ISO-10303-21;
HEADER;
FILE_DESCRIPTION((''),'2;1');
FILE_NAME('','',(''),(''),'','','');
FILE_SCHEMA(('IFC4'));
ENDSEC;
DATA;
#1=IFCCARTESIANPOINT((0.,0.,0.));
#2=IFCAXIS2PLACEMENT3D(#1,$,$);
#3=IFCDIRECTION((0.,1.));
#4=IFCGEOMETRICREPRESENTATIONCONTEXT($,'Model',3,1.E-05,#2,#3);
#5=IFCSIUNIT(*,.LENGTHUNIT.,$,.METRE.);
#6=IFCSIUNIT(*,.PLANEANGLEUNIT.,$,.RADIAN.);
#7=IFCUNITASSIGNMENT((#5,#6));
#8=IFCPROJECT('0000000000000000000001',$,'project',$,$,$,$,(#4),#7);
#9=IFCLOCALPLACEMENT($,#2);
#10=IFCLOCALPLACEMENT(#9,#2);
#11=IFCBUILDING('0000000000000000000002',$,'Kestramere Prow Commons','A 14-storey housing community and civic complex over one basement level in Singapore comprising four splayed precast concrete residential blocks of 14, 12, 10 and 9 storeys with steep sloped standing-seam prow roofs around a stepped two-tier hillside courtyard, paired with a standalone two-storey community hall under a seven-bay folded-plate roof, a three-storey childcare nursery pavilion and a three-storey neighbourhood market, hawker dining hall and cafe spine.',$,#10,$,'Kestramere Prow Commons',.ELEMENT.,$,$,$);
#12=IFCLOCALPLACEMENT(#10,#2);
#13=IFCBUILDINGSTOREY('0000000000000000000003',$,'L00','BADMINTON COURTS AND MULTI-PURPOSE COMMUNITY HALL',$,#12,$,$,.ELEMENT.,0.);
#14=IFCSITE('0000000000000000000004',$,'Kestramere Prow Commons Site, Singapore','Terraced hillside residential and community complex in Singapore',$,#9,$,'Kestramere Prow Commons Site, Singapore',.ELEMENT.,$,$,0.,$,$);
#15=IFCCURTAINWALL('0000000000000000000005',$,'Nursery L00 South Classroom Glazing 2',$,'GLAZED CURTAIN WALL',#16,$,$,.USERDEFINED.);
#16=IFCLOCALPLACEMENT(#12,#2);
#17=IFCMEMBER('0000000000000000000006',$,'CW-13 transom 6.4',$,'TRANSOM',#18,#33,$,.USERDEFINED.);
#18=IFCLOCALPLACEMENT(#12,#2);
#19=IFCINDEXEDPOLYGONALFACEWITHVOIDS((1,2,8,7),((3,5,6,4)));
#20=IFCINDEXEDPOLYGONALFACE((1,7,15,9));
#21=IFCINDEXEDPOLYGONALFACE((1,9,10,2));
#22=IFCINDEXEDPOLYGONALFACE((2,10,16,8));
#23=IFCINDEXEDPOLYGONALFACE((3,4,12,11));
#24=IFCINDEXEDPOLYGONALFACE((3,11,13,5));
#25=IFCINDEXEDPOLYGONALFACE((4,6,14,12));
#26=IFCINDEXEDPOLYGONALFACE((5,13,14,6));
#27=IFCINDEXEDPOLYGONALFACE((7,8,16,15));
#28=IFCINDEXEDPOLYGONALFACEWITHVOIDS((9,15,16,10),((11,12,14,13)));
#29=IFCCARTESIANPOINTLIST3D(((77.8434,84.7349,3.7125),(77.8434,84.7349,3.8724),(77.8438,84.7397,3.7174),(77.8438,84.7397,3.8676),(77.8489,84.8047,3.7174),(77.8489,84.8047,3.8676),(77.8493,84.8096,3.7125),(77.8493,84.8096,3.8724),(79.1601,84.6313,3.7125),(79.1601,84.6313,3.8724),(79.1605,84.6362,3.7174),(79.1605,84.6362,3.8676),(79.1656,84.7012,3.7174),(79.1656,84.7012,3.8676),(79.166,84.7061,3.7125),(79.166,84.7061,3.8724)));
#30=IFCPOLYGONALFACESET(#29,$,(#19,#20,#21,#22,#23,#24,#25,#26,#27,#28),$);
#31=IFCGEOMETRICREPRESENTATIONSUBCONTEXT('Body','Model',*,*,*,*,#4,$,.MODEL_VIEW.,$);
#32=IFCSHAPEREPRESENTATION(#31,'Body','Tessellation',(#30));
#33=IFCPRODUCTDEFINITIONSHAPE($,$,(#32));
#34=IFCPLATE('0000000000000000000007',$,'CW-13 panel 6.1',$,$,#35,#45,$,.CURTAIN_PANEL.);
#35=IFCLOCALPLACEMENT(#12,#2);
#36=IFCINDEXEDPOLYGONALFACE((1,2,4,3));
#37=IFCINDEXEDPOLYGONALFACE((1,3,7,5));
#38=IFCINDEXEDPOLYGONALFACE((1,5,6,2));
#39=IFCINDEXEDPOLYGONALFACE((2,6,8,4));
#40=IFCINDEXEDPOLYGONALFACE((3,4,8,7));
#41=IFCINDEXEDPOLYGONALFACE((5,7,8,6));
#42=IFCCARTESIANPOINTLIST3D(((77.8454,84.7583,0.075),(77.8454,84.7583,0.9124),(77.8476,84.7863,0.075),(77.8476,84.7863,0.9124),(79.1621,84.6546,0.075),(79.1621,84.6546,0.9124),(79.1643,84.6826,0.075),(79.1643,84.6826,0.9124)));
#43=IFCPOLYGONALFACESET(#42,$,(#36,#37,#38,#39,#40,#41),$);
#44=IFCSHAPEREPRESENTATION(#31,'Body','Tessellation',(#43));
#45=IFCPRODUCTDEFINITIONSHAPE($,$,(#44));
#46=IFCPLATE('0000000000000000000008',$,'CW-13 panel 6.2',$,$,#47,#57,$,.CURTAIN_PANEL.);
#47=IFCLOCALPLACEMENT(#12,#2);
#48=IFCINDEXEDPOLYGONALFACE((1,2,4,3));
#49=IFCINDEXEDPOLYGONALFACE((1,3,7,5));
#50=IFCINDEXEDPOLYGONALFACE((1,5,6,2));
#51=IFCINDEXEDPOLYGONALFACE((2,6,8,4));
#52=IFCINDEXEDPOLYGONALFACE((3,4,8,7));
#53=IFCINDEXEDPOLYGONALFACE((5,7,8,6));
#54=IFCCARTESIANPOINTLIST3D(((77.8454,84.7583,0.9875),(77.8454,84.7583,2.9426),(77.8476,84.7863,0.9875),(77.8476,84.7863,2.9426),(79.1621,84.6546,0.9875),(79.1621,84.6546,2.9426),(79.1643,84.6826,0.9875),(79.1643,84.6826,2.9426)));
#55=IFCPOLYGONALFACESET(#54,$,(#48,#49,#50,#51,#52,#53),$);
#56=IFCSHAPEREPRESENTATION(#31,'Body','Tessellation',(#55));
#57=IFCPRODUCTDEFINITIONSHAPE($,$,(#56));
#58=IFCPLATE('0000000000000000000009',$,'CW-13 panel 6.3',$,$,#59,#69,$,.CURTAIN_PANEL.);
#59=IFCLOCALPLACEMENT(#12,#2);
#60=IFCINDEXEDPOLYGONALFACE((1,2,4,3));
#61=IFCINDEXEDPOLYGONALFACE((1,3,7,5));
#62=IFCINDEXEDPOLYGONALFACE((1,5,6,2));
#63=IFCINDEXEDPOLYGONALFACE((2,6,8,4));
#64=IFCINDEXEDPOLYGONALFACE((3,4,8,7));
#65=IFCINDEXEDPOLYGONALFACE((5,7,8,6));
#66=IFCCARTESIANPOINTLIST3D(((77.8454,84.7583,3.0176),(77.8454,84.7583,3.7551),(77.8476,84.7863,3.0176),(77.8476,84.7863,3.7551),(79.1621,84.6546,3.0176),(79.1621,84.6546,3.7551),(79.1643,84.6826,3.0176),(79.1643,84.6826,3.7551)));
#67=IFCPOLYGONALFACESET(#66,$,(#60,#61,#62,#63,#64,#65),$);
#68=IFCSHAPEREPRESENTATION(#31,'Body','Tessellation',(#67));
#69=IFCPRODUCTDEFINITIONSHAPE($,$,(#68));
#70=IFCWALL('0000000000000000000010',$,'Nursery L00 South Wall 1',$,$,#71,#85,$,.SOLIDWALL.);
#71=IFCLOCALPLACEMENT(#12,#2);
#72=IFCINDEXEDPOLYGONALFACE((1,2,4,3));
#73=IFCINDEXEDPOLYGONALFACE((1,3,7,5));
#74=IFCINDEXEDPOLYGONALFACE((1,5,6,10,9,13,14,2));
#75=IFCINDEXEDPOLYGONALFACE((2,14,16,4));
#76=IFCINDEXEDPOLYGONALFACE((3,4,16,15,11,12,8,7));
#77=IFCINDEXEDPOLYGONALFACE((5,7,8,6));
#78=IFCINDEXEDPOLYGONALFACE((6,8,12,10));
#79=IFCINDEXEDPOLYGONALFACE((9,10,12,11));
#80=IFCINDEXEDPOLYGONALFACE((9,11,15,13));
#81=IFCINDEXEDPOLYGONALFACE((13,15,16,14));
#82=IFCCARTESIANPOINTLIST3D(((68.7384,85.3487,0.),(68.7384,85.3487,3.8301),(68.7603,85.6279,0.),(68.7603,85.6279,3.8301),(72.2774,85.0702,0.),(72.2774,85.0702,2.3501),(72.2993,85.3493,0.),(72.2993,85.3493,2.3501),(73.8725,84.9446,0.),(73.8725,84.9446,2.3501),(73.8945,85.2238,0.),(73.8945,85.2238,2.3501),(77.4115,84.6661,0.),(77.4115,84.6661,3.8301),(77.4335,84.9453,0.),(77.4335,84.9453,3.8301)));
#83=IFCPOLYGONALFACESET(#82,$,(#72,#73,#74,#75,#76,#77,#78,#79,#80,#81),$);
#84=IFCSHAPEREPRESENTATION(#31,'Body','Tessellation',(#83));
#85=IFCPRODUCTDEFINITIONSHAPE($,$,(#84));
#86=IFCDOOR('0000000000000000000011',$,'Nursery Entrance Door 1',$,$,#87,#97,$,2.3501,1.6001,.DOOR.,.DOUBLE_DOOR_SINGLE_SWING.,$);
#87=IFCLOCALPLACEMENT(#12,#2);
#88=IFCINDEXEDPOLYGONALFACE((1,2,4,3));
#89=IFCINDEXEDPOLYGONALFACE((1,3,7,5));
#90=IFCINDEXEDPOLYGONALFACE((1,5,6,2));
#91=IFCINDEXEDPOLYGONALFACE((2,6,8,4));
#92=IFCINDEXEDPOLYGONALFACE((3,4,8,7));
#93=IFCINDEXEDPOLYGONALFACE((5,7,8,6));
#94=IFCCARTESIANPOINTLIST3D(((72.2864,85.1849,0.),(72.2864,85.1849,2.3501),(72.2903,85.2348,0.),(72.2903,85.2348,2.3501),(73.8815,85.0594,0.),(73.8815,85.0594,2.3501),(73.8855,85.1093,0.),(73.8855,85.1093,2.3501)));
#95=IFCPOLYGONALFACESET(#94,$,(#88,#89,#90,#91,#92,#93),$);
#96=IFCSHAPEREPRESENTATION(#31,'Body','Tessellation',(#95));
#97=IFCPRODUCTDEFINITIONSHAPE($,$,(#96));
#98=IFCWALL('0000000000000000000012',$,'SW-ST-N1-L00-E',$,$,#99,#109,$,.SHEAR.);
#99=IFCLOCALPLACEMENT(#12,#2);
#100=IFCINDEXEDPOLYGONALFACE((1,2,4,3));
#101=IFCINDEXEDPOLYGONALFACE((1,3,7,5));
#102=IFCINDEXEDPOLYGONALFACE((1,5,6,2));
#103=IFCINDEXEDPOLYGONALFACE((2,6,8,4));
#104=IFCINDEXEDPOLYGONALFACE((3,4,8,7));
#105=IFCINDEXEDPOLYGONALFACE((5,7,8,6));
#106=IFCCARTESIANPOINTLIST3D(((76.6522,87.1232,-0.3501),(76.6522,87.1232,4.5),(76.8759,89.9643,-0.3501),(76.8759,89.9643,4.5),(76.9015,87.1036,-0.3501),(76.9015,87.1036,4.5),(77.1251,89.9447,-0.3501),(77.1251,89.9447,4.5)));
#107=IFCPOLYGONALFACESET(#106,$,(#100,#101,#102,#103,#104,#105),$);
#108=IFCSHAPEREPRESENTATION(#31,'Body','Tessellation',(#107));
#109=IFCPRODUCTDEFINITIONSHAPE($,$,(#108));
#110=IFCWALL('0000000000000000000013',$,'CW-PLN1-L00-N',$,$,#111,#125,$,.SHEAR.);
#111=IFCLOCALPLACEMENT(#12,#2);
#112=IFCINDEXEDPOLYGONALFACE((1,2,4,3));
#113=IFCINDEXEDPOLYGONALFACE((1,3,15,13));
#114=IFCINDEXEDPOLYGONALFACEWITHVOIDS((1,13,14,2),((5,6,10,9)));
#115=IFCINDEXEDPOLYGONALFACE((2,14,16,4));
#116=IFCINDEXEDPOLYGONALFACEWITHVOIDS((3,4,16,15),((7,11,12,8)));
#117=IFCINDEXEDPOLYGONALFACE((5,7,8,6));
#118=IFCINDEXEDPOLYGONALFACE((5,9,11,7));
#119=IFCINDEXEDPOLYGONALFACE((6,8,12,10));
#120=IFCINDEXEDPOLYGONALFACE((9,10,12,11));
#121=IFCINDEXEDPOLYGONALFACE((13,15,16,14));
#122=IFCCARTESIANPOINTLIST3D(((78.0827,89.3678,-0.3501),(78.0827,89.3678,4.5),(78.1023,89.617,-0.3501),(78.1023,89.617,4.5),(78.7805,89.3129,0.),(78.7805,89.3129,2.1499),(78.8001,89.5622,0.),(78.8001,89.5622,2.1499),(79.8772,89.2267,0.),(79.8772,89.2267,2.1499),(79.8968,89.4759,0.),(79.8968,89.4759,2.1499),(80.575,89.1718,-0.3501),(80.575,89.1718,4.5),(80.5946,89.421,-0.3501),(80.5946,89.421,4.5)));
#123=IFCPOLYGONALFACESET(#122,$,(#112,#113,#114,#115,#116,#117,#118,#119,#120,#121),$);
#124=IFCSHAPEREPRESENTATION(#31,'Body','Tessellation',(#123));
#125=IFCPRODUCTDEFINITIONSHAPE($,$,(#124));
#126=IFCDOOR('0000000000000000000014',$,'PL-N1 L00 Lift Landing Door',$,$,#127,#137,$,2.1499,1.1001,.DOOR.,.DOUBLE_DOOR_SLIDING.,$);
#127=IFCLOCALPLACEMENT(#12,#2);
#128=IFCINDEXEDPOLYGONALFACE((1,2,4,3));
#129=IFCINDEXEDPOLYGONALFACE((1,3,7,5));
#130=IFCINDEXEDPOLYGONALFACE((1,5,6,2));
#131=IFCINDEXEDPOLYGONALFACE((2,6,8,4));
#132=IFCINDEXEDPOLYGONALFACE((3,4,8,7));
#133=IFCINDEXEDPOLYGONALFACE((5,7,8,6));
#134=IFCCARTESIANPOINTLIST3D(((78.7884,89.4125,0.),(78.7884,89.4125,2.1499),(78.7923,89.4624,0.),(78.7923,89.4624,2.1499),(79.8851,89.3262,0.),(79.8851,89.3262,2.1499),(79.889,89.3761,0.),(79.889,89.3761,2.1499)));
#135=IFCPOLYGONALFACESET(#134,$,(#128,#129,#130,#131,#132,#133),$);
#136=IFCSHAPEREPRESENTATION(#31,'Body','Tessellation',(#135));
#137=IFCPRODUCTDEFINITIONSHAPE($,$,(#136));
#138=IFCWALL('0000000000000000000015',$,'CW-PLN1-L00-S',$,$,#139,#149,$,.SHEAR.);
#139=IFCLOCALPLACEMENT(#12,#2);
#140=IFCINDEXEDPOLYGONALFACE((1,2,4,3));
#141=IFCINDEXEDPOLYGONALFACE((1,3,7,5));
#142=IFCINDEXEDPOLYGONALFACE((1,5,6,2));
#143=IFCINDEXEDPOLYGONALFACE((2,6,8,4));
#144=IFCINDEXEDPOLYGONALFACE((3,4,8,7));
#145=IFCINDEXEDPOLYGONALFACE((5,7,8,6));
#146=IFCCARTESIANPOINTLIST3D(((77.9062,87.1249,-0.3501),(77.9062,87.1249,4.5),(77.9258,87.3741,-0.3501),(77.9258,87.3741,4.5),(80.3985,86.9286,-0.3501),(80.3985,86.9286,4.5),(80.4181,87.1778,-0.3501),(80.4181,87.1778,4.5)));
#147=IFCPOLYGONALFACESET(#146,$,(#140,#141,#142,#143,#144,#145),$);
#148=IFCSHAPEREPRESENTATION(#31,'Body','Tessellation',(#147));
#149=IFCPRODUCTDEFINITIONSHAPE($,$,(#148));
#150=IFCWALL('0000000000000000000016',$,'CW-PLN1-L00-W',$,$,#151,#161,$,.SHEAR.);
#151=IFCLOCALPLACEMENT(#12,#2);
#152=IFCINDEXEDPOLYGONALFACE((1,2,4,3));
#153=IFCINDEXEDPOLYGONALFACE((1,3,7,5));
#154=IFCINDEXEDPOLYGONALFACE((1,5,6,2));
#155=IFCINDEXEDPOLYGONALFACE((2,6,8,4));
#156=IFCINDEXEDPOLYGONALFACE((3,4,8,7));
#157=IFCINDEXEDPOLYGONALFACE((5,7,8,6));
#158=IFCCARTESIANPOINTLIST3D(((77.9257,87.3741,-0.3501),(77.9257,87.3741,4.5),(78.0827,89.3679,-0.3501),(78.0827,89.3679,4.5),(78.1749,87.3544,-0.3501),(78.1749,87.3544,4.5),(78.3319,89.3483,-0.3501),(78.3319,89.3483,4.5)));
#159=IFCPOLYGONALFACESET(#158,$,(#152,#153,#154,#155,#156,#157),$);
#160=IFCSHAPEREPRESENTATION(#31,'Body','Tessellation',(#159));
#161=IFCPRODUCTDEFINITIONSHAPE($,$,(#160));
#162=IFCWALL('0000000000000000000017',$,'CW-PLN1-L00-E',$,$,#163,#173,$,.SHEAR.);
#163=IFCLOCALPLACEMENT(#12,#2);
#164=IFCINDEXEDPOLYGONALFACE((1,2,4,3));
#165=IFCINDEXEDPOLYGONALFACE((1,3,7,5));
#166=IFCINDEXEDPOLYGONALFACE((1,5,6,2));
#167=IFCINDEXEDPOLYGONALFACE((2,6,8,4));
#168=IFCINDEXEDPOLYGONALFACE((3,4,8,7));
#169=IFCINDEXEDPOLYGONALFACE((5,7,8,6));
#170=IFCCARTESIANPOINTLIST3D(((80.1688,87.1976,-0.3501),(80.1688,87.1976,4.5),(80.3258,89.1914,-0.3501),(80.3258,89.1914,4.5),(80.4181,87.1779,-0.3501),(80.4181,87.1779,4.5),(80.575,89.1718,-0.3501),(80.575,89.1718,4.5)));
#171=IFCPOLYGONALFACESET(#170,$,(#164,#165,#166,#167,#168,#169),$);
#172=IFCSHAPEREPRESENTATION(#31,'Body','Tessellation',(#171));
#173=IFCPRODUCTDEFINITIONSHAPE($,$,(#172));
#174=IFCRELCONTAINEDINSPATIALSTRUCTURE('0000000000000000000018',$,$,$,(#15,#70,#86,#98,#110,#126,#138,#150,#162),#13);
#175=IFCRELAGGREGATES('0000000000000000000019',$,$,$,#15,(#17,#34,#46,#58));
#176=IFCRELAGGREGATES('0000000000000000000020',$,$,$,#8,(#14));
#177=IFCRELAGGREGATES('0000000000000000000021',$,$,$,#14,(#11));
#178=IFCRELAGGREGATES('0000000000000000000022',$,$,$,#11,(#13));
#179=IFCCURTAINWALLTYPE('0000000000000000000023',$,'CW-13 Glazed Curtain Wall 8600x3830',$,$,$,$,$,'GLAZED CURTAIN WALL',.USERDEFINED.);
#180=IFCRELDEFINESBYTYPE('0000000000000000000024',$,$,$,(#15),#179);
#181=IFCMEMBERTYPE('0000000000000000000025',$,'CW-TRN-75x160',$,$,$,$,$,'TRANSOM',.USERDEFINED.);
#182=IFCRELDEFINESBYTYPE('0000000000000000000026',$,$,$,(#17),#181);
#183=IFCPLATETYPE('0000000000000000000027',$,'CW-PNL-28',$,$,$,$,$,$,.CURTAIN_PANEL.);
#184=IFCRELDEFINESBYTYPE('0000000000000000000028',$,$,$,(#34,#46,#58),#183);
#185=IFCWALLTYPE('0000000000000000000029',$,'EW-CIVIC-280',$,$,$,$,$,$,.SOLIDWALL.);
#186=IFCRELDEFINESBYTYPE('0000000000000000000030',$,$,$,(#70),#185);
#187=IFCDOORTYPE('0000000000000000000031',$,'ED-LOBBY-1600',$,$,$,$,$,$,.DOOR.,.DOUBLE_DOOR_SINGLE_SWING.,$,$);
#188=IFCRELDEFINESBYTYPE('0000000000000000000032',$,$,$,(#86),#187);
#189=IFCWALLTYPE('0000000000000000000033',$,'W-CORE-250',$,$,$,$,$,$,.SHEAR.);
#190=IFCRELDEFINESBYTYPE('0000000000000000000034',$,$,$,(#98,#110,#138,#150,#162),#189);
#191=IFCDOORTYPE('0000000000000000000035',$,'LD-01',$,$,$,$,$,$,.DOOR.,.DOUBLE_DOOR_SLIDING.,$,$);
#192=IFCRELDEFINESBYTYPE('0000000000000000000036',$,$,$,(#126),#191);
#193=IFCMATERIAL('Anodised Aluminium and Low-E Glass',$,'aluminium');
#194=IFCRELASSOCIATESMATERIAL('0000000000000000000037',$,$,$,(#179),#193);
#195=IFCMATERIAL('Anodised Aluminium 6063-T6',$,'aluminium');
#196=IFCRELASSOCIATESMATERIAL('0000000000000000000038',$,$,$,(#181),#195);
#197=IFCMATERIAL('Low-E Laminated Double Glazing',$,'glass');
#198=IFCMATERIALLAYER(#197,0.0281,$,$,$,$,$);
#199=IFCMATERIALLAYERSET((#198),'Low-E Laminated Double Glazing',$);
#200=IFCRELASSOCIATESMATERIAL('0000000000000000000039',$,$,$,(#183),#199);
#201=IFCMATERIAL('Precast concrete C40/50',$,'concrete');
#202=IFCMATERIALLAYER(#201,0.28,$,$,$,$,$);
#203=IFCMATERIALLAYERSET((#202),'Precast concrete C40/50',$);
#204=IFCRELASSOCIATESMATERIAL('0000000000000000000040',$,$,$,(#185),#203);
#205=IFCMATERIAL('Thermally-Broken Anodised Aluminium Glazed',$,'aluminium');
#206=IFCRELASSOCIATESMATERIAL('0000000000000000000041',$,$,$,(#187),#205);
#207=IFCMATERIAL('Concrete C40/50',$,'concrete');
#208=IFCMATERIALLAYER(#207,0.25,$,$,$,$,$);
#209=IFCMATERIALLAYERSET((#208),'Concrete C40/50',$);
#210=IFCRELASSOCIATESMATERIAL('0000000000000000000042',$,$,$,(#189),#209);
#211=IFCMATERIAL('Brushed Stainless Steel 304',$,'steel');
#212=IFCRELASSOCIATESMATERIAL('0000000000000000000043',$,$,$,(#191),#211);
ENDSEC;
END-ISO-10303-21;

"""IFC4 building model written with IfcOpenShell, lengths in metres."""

from ifc_helpers import new_model, si_unit, direction, frame, frame_2d, origin, origin_2d, place, context, subcontext, project, spatial, rectangle, hollow_rectangle, extrude, material, layer, layer_set, material_profile, profile_set, type_object, element, fill, aggregate, save


model = new_model("IFC4")

# Units and contexts
model_context = context("Model", 3, precision=1e-05, world=origin(), true_north=direction((0.0, 1.0)))
body_context = subcontext(model_context, "Body", "Model", "MODEL_VIEW")
ifc_project = project(units=[si_unit("LENGTHUNIT", "METRE"), si_unit("PLANEANGLEUNIT", "RADIAN")], contexts=[model_context])

# Site, building, storey
site_placement = place(None, origin())
site = spatial("IfcSite", under=ifc_project, at=site_placement, Name="Kestramere Prow Commons Site, Singapore", Description="Terraced hillside residential and community complex in Singapore", LongName="Kestramere Prow Commons Site, Singapore", CompositionType="ELEMENT", RefElevation=0.0)
building_placement = place(site_placement, origin())
building = spatial("IfcBuilding", under=site, at=building_placement, Name="Kestramere Prow Commons", Description="A 14-storey housing community and civic complex over one basement level in Singapore comprising four splayed precast concrete residential blocks of 14, 12, 10 and 9 storeys with steep sloped standing-seam prow roofs around a stepped two-tier hillside courtyard, paired with a standalone two-storey community hall under a seven-bay folded-plate roof, a three-storey childcare nursery pavilion and a three-storey neighbourhood market, hawker dining hall and cafe spine.", LongName="Kestramere Prow Commons", CompositionType="ELEMENT")
storey_placement = place(building_placement, origin())
storey = spatial("IfcBuildingStorey", under=building, at=storey_placement, Name="L00", Description="BADMINTON COURTS AND MULTI-PURPOSE COMMUNITY HALL", CompositionType="ELEMENT", Elevation=0.0)

# Shared definitions
ifc_material_1 = material(Name="Concrete C40/50", Category="concrete")

# Curtain wall, member, plates
ifc_material_2 = material(Name="Anodised Aluminium and Low-E Glass", Category="aluminium")
curtain_wall_type = type_object("IfcCurtainWallType", Name="CW-13 Glazed Curtain Wall 8600x3830", ElementType="GLAZED CURTAIN WALL", PredefinedType="USERDEFINED", material=ifc_material_2)
curtain_wall_placement = place(storey_placement, origin())
curtain_wall = element("IfcCurtainWall", 1, at=curtain_wall_placement, inside=storey, type_object=curtain_wall_type, Name="Nursery L00 South Classroom Glazing 2", ObjectType="GLAZED CURTAIN WALL", PredefinedType="USERDEFINED")
ifc_material_3 = material(Name="Anodised Aluminium 6063-T6", Category="aluminium")
ifc_material_profile_1 = material_profile(ifc_material_3, hollow_rectangle(XDim=0.075, YDim=0.1599, WallThickness=0.0049, at=origin_2d()), Name="ALU-TRN 75x160")
ifc_profile_set_1 = profile_set([ifc_material_profile_1], Name="Anodised Aluminium 6063-T6")
member_type_1 = type_object("IfcMemberType", Name="CW-TRN-75x160", ElementType="TRANSOM", PredefinedType="USERDEFINED", material=ifc_profile_set_1)
member_1_placement = place(storey_placement, frame((79.1631, 84.6687, 3.7925), z_axis=(-0.996924, 0.078379, 0.0), x_axis=(-0.078379, -0.996924, 0.0)))
member_1 = element("IfcMember", 2, at=member_1_placement, type_object=member_type_1, Name="CW-13 transom 6.4", ObjectType="TRANSOM", PredefinedType="USERDEFINED", context=body_context, shape_type="SweptSolid", body=[
    extrude(hollow_rectangle(XDim=0.075, YDim=0.1599, WallThickness=0.0049, at=origin_2d()), origin(), (0.0, 0.0, 1.0), 1.3208),
])
ifc_material_4 = material(Name="Low-E Laminated Double Glazing", Category="glass")
ifc_layer_1 = layer(ifc_material_4, 0.0281)
ifc_layer_set_1 = layer_set([ifc_layer_1], Name="Low-E Laminated Double Glazing")
plate_type = type_object("IfcPlateType", Name="CW-PNL-28", PredefinedType="CURTAIN_PANEL", material=ifc_layer_set_1)
plate_1_placement = place(storey_placement, frame((78.5049, 84.7205, 0.075), z_axis=(0.0, 0.0, 1.0), x_axis=(-0.996917, 0.078459, 0.0)))
plate_1 = element("IfcPlate", 3, at=plate_1_placement, type_object=plate_type, Name="CW-13 panel 6.1", PredefinedType="CURTAIN_PANEL", context=body_context, shape_type="SweptSolid", body=[
    extrude(rectangle(XDim=1.3208, YDim=0.0281, at=origin_2d()), origin(), (0.0, 0.0, 1.0), 0.8374),
])
plate_2_placement = place(storey_placement, frame((78.5049, 84.7205, 0.9875), z_axis=(0.0, 0.0, 1.0), x_axis=(-0.996917, 0.078459, 0.0)))
plate_2 = element("IfcPlate", 4, at=plate_2_placement, type_object=plate_type, Name="CW-13 panel 6.2", PredefinedType="CURTAIN_PANEL", context=body_context, shape_type="SweptSolid", body=[
    extrude(rectangle(XDim=1.3208, YDim=0.0281, at=origin_2d()), origin(), (0.0, 0.0, 1.0), 1.9551),
])
plate_3_placement = place(storey_placement, frame((78.5049, 84.7205, 3.0176), z_axis=(0.0, 0.0, 1.0), x_axis=(-0.996917, 0.078459, 0.0)))
plate_3 = element("IfcPlate", 5, at=plate_3_placement, type_object=plate_type, Name="CW-13 panel 6.3", PredefinedType="CURTAIN_PANEL", context=body_context, shape_type="SweptSolid", body=[
    extrude(rectangle(XDim=1.3208, YDim=0.0281, at=origin_2d()), origin(), (0.0, 0.0, 1.0), 0.7375),
])
aggregate(curtain_wall, [member_1, plate_1, plate_2, plate_3])

# Wall, opening, door
ifc_material_5 = material(Name="Precast concrete C40/50", Category="concrete")
ifc_layer_2 = layer(ifc_material_5, 0.28)
ifc_layer_set_2 = layer_set([ifc_layer_2], Name="Precast concrete C40/50")
wall_type_1 = type_object("IfcWallType", Name="EW-CIVIC-280", PredefinedType="SOLIDWALL", material=ifc_layer_set_2)
wall_1_placement = place(storey_placement, frame((77.4226, 84.8057, 0.0), z_axis=(0.0, 0.0, 1.0), x_axis=(-0.996917, 0.078462, 0.0)))
wall_1 = element("IfcWall", 6, at=wall_1_placement, inside=storey, type_object=wall_type_1, Name="Nursery L00 South Wall 1", PredefinedType="SOLIDWALL", context=body_context, shape_type="SweptSolid", body=[
    extrude(rectangle(XDim=8.7, YDim=0.28, at=frame_2d((4.3501, 0.0))), origin(), (0.0, 0.0, 1.0), 3.8301),
])
opening_1_placement = place(wall_1_placement, frame((3.55, 0.0, 0.0)))
opening_1 = element("IfcOpeningElement", 7, at=opening_1_placement, cuts=wall_1, PredefinedType="OPENING", context=body_context, shape_type="SweptSolid", body=[
    extrude(rectangle(XDim=1.6001, YDim=2.3501, at=frame_2d((0.8, 1.175))), frame((0.0, 0.155, 0.0), z_axis=(0.0, -1.0, 0.0), x_axis=(1.0, 0.0, 0.0)), (0.0, 0.0, 1.0), 0.3101),
])
ifc_material_6 = material(Name="Thermally-Broken Anodised Aluminium Glazed", Category="aluminium")
door_type_1 = type_object("IfcDoorType", Name="ED-LOBBY-1600", OperationType="DOUBLE_DOOR_SINGLE_SWING", PredefinedType="DOOR", material=ifc_material_6)
door_1_placement = place(opening_1_placement, origin())
door_1 = element("IfcDoor", 8, at=door_1_placement, inside=storey, type_object=door_type_1, Name="Nursery Entrance Door 1", OperationType="DOUBLE_DOOR_SINGLE_SWING", OverallHeight=2.3501, OverallWidth=1.6001, PredefinedType="DOOR", context=body_context, shape_type="SweptSolid", body=[
    extrude(rectangle(XDim=1.6001, YDim=2.3501, at=frame_2d((0.8, 1.175))), frame((0.0, 0.0249, 0.0), z_axis=(0.0, -1.0, 0.0), x_axis=(1.0, 0.0, 0.0)), (0.0, 0.0, 1.0), 0.05),
])
fill(opening_1, door_1)

# Wall
ifc_layer_3 = layer(ifc_material_1, 0.25)
ifc_layer_set_3 = layer_set([ifc_layer_3], Name="Concrete C40/50")
wall_type_2 = type_object("IfcWallType", Name="W-CORE-250", PredefinedType="SHEAR", material=ifc_layer_set_3)
wall_2_placement = place(storey_placement, frame((76.7769, 87.1135, -0.3501), z_axis=(0.0, 0.0, 1.0), x_axis=(0.078472, 0.996916, 0.0)))
element("IfcWall", 9, at=wall_2_placement, inside=storey, type_object=wall_type_2, Name="SW-ST-N1-L00-E", PredefinedType="SHEAR", context=body_context, shape_type="SweptSolid", body=[
    extrude(rectangle(XDim=2.8499, YDim=0.25, at=frame_2d((1.4248, 0.0))), origin(), (0.0, 0.0, 1.0), 4.8501),
])

# Wall, opening, door
wall_3_placement = place(storey_placement, frame((78.0925, 89.4924, -0.3501), z_axis=(0.0, 0.0, 1.0), x_axis=(0.99692, -0.078422, 0.0)))
wall_3 = element("IfcWall", 10, at=wall_3_placement, inside=storey, type_object=wall_type_2, Name="CW-PLN1-L00-N", PredefinedType="SHEAR", context=body_context, shape_type="SweptSolid", body=[
    extrude(rectangle(XDim=2.5, YDim=0.25, at=frame_2d((1.25, 0.0))), origin(), (0.0, 0.0, 1.0), 4.8501),
])
opening_2_placement = place(wall_3_placement, frame((0.7, 0.0, 0.3501)))
opening_2 = element("IfcOpeningElement", 11, at=opening_2_placement, cuts=wall_3, PredefinedType="OPENING", context=body_context, shape_type="SweptSolid", body=[
    extrude(rectangle(XDim=1.1001, YDim=2.1499, at=frame_2d((0.55, 1.075))), frame((0.0, 0.1399, 0.0), z_axis=(0.0, -1.0, 0.0), x_axis=(1.0, 0.0, 0.0)), (0.0, 0.0, 1.0), 0.28),
])
ifc_material_7 = material(Name="Brushed Stainless Steel 304", Category="steel")
door_type_2 = type_object("IfcDoorType", Name="LD-01", OperationType="DOUBLE_DOOR_SLIDING", PredefinedType="DOOR", material=ifc_material_7)
door_2_placement = place(opening_2_placement, origin())
door_2 = element("IfcDoor", 12, at=door_2_placement, inside=storey, type_object=door_type_2, Name="PL-N1 L00 Lift Landing Door", OperationType="DOUBLE_DOOR_SLIDING", OverallHeight=2.1499, OverallWidth=1.1001, PredefinedType="DOOR", context=body_context, shape_type="SweptSolid", body=[
    extrude(rectangle(XDim=1.1001, YDim=2.1499, at=frame_2d((0.55, 1.075))), frame((0.0, 0.0249, 0.0), z_axis=(0.0, -1.0, 0.0), x_axis=(1.0, 0.0, 0.0)), (0.0, 0.0, 1.0), 0.05),
])
fill(opening_2, door_2)

# Walls
wall_4_placement = place(storey_placement, frame((77.916, 87.2495, -0.3501), z_axis=(0.0, 0.0, 1.0), x_axis=(0.996913, -0.078519, 0.0)))
element("IfcWall", 13, at=wall_4_placement, inside=storey, type_object=wall_type_2, Name="CW-PLN1-L00-S", PredefinedType="SHEAR", context=body_context, shape_type="SweptSolid", body=[
    extrude(rectangle(XDim=2.5, YDim=0.25, at=frame_2d((1.25, 0.0))), origin(), (0.0, 0.0, 1.0), 4.8501),
])
for number, where, z_axis, x_axis, name in (
    (14, (78.0503, 87.3643, -0.3501), (0.0, 0.0, 1.0), (0.078489, 0.996915, 0.0), "CW-PLN1-L00-W"),
    (15, (80.2935, 87.1877, -0.3501), (0.0, 0.0, 1.0), (0.078489, 0.996915, 0.0), "CW-PLN1-L00-E"),
):
    element("IfcWall", number, at=place(storey_placement, frame(where, z_axis=z_axis, x_axis=x_axis)), inside=storey, type_object=wall_type_2, Name=name, PredefinedType="SHEAR", context=body_context, shape_type="SweptSolid", body=[
        extrude(rectangle(XDim=2.0, YDim=0.25, at=frame_2d((1.0, 0.0))), origin(), (0.0, 0.0, 1.0), 4.8501),
    ])

save(model, "model.ifc")
